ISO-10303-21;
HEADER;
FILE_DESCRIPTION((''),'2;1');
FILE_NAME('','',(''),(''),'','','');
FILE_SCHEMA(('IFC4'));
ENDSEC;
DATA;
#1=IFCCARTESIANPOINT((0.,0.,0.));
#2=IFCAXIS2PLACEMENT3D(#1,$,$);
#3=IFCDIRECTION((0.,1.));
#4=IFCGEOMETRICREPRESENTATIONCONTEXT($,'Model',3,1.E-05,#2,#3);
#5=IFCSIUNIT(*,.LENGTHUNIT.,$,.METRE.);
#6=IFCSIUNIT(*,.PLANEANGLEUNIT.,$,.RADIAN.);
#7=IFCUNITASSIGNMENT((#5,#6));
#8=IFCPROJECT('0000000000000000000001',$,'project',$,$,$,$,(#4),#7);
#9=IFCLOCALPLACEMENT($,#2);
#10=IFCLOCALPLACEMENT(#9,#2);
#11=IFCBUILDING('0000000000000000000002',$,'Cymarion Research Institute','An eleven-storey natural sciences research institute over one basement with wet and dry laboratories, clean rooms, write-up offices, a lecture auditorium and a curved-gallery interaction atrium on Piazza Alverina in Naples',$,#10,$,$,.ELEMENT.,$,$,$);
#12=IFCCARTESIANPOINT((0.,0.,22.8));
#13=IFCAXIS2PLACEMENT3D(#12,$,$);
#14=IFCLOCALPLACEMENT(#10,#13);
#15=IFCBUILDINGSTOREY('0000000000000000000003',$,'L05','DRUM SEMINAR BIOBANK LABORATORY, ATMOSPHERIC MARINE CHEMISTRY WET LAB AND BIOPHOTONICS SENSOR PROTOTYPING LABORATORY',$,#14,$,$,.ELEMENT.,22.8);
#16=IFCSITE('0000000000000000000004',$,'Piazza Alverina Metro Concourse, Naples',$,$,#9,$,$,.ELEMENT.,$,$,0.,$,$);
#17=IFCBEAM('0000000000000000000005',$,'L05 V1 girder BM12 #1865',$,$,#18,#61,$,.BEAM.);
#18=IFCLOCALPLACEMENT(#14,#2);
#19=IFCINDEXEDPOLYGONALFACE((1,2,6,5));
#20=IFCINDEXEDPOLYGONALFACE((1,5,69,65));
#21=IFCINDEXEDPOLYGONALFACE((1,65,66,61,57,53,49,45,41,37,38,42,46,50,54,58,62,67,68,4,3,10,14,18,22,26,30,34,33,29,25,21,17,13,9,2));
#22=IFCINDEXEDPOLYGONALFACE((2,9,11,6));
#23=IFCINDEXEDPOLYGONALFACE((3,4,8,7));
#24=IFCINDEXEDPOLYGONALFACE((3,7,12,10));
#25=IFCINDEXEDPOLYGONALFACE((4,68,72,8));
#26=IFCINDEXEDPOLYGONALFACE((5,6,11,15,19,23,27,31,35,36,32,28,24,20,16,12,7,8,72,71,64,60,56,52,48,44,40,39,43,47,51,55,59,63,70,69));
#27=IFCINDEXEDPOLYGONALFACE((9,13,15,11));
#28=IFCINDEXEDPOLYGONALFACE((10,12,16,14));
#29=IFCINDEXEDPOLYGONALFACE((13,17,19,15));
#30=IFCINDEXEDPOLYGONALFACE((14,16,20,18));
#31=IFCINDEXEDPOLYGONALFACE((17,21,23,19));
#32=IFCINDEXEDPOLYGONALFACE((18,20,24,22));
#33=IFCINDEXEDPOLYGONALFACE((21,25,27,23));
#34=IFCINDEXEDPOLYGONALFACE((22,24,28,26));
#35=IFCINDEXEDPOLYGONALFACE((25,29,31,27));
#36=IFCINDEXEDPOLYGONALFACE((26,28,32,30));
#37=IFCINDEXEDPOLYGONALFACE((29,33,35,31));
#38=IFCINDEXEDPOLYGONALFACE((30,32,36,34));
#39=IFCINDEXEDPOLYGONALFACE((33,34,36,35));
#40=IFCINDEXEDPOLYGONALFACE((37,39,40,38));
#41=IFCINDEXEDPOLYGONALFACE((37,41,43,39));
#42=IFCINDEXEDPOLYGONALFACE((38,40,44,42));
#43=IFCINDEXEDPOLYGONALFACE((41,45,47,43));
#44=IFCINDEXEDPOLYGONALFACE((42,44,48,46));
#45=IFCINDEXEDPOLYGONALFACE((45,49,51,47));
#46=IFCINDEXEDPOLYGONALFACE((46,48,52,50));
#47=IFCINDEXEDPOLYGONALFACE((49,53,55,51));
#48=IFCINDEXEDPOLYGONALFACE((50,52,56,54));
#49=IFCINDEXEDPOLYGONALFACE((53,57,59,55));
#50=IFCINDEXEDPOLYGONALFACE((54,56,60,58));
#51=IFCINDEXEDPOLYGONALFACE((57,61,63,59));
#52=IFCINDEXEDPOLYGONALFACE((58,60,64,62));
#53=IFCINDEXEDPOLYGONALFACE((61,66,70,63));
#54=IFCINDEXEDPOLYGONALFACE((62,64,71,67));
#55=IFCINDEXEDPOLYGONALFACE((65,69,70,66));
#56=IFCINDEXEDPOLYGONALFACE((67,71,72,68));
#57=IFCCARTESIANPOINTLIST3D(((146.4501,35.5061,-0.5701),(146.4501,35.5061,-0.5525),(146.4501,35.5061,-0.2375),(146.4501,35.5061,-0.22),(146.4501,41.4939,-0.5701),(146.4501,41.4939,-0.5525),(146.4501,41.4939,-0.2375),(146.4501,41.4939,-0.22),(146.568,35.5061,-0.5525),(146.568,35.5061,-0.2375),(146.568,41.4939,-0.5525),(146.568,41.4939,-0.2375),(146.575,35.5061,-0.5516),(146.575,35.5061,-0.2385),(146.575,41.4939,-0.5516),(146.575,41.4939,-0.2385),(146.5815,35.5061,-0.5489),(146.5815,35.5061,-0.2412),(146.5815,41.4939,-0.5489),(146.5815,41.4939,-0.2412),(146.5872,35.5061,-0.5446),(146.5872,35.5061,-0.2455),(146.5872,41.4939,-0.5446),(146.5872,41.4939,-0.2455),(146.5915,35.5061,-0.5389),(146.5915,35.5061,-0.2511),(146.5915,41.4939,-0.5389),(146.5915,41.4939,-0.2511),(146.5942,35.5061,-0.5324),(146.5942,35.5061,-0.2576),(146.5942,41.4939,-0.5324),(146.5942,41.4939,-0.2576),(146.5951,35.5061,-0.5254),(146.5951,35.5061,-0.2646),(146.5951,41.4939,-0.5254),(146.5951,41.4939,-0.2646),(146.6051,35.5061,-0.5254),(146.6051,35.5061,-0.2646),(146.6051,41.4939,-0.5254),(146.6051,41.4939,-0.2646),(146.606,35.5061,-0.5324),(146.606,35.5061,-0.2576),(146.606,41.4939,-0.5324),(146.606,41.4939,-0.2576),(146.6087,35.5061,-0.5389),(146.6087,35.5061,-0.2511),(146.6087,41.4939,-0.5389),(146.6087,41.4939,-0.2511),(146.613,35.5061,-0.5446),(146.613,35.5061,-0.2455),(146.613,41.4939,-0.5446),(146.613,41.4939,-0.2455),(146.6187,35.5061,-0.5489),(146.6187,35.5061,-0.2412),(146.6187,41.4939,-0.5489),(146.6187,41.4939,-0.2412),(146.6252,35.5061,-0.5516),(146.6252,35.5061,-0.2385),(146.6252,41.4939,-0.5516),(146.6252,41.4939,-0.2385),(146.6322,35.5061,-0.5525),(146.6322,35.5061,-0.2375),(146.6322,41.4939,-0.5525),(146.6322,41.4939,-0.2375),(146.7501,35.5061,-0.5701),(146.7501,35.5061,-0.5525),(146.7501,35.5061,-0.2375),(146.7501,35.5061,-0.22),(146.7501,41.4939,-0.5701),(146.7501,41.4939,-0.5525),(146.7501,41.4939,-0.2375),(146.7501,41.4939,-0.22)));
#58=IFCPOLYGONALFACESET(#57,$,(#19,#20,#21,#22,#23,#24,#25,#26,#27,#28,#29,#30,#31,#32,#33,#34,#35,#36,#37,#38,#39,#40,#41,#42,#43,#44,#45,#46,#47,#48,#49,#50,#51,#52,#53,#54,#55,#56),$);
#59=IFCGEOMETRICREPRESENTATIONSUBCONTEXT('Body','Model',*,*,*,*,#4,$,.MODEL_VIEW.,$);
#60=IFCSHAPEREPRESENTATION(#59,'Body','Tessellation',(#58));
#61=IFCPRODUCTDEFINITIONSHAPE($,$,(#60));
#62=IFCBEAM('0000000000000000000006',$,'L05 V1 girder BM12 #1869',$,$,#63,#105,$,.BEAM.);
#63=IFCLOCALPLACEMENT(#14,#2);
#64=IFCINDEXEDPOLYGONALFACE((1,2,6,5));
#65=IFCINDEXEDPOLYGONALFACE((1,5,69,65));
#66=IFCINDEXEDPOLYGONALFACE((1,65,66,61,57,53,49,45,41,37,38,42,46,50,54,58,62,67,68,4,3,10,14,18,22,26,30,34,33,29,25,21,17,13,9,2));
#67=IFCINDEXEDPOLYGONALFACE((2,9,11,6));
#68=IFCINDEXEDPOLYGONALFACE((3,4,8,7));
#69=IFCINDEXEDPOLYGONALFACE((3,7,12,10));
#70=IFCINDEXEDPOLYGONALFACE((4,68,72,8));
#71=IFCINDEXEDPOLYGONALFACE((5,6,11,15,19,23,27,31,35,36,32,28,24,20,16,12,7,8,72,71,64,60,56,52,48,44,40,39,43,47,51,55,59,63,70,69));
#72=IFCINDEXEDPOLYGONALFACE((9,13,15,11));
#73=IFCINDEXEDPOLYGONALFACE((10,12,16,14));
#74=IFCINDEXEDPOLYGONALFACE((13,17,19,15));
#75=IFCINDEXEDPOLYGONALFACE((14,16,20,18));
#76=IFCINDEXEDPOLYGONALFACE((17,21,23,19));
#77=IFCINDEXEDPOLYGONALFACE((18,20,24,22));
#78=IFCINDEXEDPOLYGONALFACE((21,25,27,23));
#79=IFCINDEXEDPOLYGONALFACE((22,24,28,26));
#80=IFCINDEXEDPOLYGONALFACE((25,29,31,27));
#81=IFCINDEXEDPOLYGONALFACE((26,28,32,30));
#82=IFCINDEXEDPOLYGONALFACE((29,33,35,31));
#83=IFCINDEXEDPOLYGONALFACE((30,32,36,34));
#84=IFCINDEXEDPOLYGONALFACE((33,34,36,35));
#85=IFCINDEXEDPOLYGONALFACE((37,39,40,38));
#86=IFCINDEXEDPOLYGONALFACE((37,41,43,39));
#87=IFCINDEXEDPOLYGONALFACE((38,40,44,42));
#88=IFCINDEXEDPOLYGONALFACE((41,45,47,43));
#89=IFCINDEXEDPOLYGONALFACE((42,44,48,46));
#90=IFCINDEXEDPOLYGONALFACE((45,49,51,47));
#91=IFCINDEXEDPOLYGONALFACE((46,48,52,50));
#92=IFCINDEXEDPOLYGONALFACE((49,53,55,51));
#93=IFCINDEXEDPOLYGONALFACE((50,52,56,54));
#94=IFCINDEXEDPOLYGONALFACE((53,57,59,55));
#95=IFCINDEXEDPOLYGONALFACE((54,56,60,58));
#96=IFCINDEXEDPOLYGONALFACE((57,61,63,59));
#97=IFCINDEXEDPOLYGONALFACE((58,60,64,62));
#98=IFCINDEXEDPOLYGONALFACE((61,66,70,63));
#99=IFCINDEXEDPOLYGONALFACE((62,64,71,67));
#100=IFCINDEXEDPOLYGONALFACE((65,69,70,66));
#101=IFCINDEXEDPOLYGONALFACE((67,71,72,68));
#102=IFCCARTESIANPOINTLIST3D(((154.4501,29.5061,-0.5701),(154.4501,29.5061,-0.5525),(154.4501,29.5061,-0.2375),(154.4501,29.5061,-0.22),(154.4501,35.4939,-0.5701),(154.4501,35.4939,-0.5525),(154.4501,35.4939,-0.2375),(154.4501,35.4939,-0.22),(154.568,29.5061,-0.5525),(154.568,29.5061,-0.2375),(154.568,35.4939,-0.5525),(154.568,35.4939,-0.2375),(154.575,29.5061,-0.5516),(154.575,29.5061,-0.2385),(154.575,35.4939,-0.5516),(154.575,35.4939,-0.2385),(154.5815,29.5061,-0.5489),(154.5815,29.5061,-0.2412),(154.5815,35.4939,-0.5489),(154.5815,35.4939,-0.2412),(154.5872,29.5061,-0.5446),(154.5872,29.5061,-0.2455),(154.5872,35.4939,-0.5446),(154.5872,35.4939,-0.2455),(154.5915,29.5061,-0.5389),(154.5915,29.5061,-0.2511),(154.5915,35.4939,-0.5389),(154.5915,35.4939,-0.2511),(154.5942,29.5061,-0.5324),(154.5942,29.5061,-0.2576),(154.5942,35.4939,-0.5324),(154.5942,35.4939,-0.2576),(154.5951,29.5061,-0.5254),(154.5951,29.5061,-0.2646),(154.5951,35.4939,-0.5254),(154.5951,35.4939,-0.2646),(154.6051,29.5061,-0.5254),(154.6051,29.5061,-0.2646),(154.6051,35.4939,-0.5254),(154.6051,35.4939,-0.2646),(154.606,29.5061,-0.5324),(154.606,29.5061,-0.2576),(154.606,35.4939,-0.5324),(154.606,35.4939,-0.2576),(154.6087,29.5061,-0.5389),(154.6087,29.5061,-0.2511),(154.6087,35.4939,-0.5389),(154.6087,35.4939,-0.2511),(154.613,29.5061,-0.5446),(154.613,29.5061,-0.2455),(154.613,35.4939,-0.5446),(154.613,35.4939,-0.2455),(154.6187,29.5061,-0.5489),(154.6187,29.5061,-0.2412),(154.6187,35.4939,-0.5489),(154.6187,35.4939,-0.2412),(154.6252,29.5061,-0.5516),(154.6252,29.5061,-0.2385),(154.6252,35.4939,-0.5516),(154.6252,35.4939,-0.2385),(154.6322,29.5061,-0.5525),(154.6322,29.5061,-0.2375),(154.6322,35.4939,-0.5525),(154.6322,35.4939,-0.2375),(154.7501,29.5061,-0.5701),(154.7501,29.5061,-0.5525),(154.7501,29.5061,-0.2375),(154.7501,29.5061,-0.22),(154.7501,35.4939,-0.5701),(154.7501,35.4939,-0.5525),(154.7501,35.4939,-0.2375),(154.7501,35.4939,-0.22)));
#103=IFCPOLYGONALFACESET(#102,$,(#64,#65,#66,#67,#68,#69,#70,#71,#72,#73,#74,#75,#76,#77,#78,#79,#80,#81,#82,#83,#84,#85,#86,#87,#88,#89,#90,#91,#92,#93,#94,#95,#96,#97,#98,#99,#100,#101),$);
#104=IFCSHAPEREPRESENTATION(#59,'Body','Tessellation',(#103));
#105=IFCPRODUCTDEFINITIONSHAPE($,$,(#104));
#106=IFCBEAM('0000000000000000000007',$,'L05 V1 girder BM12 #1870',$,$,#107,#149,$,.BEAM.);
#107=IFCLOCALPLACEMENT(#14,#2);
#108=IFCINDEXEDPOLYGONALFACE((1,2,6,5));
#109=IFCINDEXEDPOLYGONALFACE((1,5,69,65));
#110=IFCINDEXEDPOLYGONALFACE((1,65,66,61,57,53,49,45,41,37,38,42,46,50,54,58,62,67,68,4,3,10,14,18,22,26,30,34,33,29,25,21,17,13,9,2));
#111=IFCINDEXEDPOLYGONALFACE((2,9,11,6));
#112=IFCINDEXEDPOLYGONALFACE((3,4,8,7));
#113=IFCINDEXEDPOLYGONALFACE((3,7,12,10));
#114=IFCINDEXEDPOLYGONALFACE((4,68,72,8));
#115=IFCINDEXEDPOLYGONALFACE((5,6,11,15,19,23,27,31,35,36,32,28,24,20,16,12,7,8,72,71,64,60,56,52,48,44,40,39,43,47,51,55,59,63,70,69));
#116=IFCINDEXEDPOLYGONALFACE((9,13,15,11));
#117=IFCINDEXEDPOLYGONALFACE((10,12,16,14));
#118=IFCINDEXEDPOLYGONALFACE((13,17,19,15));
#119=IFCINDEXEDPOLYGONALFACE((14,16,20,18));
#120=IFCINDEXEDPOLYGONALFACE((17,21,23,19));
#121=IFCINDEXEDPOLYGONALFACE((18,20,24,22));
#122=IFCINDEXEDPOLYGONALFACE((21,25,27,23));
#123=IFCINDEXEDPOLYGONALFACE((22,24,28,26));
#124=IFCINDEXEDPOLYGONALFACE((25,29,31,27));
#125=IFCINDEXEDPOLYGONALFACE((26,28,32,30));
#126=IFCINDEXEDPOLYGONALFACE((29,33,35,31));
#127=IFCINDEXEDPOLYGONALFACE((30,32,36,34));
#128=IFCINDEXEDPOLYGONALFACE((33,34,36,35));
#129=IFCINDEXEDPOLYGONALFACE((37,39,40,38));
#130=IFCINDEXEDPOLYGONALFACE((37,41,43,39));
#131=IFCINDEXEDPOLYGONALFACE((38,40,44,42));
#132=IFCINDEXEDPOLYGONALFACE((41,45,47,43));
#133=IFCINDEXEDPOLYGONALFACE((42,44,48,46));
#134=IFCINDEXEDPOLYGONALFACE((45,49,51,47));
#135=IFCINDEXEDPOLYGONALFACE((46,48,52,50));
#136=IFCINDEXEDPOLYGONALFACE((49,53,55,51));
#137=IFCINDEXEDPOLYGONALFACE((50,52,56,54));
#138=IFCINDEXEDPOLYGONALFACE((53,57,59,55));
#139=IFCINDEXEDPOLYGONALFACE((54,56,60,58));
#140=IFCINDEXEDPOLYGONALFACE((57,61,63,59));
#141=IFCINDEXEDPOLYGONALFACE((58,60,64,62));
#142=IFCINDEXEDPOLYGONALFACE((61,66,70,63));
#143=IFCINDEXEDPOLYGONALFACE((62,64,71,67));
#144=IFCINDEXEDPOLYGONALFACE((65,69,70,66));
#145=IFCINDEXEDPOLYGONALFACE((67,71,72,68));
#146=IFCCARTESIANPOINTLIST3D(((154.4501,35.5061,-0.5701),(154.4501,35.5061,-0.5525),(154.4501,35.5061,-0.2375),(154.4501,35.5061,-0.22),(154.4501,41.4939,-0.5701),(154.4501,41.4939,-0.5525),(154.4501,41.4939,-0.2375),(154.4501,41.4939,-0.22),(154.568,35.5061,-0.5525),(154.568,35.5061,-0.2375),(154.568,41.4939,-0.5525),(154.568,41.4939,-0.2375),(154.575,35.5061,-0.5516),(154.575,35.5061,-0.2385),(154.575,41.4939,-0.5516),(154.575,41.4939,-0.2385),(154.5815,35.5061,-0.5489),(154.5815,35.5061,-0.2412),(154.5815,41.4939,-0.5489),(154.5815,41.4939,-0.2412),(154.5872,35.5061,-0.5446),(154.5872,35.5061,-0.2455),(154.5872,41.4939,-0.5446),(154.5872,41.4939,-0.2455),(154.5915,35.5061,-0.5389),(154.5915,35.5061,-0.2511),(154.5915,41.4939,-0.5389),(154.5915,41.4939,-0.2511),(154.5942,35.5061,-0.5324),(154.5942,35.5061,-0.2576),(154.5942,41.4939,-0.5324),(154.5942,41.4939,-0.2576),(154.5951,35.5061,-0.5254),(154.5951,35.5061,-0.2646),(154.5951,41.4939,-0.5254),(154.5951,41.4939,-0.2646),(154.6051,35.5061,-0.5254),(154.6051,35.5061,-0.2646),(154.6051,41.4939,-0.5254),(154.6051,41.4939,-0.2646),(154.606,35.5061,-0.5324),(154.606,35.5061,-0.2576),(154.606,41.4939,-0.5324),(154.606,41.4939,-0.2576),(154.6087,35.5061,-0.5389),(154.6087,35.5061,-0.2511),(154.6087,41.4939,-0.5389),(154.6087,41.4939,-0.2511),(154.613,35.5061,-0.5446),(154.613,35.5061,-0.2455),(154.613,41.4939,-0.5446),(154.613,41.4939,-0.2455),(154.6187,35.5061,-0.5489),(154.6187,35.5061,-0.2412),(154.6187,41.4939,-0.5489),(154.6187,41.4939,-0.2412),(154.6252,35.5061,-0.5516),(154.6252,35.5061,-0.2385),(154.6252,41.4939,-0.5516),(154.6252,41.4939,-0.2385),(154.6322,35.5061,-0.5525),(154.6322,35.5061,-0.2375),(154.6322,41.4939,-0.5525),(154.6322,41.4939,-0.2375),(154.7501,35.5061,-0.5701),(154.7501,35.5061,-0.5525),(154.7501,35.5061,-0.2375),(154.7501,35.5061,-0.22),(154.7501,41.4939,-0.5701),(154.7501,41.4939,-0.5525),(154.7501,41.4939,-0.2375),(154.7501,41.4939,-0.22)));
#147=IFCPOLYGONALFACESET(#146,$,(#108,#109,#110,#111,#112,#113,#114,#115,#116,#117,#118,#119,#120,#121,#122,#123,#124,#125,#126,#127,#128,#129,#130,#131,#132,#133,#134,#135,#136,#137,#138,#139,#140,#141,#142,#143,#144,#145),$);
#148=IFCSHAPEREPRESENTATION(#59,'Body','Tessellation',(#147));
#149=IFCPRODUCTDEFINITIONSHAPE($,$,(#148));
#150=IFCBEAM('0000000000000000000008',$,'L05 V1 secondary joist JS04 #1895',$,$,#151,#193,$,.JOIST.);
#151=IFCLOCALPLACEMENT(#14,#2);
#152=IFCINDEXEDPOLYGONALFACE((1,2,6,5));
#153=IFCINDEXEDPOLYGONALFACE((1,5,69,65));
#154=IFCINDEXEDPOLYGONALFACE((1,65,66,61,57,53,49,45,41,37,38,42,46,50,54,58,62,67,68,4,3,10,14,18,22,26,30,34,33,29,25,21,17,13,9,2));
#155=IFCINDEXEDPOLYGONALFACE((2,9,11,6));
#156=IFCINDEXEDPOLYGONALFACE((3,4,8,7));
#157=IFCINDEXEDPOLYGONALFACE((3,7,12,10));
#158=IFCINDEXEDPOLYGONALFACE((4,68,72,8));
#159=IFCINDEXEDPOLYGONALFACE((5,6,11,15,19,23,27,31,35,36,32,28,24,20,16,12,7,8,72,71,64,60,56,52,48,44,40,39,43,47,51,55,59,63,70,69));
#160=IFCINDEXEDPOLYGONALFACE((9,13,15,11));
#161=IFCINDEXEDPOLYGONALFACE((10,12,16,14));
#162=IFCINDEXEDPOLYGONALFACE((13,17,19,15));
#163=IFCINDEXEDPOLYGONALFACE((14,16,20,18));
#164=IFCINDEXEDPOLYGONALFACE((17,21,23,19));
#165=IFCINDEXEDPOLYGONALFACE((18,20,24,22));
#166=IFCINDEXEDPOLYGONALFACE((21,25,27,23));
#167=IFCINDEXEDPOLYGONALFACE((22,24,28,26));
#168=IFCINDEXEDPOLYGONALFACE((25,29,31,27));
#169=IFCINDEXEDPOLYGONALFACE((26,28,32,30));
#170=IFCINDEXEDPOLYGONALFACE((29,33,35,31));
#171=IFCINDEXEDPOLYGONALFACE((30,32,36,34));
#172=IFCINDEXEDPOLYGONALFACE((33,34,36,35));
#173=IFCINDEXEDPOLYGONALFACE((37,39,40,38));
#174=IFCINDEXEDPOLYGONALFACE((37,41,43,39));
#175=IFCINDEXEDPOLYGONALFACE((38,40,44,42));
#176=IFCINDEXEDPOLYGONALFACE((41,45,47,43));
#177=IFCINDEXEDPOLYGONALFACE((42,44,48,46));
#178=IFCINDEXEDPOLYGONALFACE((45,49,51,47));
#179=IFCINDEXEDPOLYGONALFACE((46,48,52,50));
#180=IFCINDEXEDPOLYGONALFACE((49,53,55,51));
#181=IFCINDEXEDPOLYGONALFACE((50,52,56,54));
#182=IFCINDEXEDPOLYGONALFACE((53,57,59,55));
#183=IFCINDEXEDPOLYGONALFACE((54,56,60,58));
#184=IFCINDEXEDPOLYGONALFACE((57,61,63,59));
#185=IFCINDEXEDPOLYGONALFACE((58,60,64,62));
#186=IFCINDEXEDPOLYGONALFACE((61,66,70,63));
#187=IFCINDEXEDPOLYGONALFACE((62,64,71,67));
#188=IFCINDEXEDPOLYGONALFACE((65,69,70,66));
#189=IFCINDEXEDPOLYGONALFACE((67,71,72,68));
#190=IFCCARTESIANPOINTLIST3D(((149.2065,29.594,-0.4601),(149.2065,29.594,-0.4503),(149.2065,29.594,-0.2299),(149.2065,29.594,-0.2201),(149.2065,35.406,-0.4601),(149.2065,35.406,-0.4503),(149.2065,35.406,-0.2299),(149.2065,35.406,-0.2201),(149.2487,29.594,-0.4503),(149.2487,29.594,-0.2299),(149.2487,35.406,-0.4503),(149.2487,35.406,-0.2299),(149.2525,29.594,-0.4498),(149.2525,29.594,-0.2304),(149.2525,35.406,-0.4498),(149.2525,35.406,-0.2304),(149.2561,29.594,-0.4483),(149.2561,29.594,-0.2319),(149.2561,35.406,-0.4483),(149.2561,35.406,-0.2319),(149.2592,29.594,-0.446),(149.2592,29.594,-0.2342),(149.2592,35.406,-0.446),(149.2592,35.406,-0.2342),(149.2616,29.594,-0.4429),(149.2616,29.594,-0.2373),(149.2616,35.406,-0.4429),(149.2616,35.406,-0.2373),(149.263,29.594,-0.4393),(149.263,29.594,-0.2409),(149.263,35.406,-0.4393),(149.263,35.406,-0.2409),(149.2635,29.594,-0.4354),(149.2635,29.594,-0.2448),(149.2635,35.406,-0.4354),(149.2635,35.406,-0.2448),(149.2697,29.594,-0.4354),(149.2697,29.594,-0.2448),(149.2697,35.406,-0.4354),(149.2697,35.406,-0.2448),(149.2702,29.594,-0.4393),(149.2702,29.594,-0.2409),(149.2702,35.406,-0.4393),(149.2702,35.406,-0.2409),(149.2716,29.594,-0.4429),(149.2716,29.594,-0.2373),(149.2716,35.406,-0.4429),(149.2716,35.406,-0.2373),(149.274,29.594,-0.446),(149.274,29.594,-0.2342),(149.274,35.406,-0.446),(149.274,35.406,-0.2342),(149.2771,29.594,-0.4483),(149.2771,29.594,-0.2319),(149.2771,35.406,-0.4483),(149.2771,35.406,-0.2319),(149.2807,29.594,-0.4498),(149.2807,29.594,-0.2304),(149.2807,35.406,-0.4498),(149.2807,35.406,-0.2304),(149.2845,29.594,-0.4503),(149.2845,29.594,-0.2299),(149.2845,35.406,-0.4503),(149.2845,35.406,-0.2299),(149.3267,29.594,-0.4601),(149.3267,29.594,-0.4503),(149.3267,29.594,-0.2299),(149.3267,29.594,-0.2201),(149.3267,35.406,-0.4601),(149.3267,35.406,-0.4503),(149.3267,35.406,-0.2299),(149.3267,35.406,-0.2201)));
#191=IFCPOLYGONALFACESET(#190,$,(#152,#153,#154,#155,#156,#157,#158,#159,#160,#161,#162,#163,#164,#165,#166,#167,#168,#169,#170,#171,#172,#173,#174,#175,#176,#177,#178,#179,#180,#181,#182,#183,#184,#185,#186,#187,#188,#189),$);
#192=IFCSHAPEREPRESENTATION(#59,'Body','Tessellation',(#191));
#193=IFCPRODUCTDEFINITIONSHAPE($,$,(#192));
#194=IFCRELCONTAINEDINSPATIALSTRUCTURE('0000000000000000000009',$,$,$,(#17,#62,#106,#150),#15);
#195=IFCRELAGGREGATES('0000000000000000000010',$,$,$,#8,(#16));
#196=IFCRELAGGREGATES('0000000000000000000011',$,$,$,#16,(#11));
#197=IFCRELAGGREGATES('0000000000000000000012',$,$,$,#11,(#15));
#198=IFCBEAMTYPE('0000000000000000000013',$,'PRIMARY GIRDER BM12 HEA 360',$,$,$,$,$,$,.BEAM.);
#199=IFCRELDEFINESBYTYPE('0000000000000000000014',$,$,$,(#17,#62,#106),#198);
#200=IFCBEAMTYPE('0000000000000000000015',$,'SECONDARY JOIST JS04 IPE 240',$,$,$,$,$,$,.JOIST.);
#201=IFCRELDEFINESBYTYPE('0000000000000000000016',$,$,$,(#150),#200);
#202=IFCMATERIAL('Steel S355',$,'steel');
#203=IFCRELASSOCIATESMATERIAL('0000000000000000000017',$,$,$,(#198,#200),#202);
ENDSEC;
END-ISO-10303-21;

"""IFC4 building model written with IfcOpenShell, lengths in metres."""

from ifc_helpers import new_model, si_unit, direction, frame, origin, origin_2d, place, context, subcontext, project, spatial, i_section, extrude, material, material_profile, profile_set, type_object, element, save


model = new_model("IFC4")

# Units and contexts
model_context = context("Model", 3, precision=1e-05, world=origin(), true_north=direction((0.0, 1.0)))
body_context = subcontext(model_context, "Body", "Model", "MODEL_VIEW")
ifc_project = project(units=[si_unit("LENGTHUNIT", "METRE"), si_unit("PLANEANGLEUNIT", "RADIAN")], contexts=[model_context])

# Site, building, storey
site_placement = place(None, origin())
site = spatial("IfcSite", under=ifc_project, at=site_placement, Name="Piazza Alverina Metro Concourse, Naples", CompositionType="ELEMENT", RefElevation=0.0)
building_placement = place(site_placement, origin())
building = spatial("IfcBuilding", under=site, at=building_placement, Name="Cymarion Research Institute", Description="An eleven-storey natural sciences research institute over one basement with wet and dry laboratories, clean rooms, write-up offices, a lecture auditorium and a curved-gallery interaction atrium on Piazza Alverina in Naples", CompositionType="ELEMENT")
storey_placement = place(building_placement, frame((0.0, 0.0, 22.8)))
storey = spatial("IfcBuildingStorey", under=building, at=storey_placement, Name="L05", Description="DRUM SEMINAR BIOBANK LABORATORY, ATMOSPHERIC MARINE CHEMISTRY WET LAB AND BIOPHOTONICS SENSOR PROTOTYPING LABORATORY", CompositionType="ELEMENT", Elevation=22.8)

# Shared definitions
ifc_material_1 = material(Name="Steel S355", Category="steel")

# Beams
ifc_material_profile_1 = material_profile(ifc_material_1, i_section(OverallWidth=0.3, OverallDepth=0.3501, WebThickness=0.01, FlangeThickness=0.0176, FilletRadius=0.0271, at=origin_2d()), Name="HEA 360")
ifc_profile_set_1 = profile_set([ifc_material_profile_1], Name="Steel S355")
beam_type_1 = type_object("IfcBeamType", Name="PRIMARY GIRDER BM12 HEA 360", PredefinedType="BEAM", material=ifc_profile_set_1)
for number, where, z_axis, x_axis, name in (
    (1, (146.6001, 35.5061, -0.395), (0.0, 1.0, 0.0), (-1.0, 0.0, 0.0), "L05 V1 girder BM12 #1865"),
    (2, (154.6001, 29.5061, -0.395), (0.0, 1.0, 0.0), (-1.0, 0.0, 0.0), "L05 V1 girder BM12 #1869"),
    (3, (154.6001, 35.5061, -0.395), (0.0, 1.0, 0.0), (-1.0, 0.0, 0.0), "L05 V1 girder BM12 #1870"),
):
    element("IfcBeam", number, at=place(storey_placement, frame(where, z_axis=z_axis, x_axis=x_axis)), inside=storey, type_object=beam_type_1, Name=name, PredefinedType="BEAM", context=body_context, shape_type="SweptSolid", body=[
        extrude(i_section(OverallWidth=0.3, OverallDepth=0.3501, WebThickness=0.01, FlangeThickness=0.0176, FilletRadius=0.0271, at=origin_2d()), origin(), (0.0, 0.0, 1.0), 5.9878),
    ])
ifc_material_profile_2 = material_profile(ifc_material_1, i_section(OverallWidth=0.1201, OverallDepth=0.24, WebThickness=0.0061, FlangeThickness=0.0098, FilletRadius=0.0149, at=origin_2d()), Name="IPE 240")
ifc_profile_set_2 = profile_set([ifc_material_profile_2], Name="Steel S355")
beam_type_2 = type_object("IfcBeamType", Name="SECONDARY JOIST JS04 IPE 240", PredefinedType="JOIST", material=ifc_profile_set_2)
for number, where, z_axis, x_axis, name in (
    (4, (149.2666, 29.594, -0.3401), (0.0, 1.0, 0.0), (-1.0, 0.0, 0.0), "L05 V1 secondary joist JS04 #1895"),
):
    element("IfcBeam", number, at=place(storey_placement, frame(where, z_axis=z_axis, x_axis=x_axis)), inside=storey, type_object=beam_type_2, Name=name, PredefinedType="JOIST", context=body_context, shape_type="SweptSolid", body=[
        extrude(i_section(OverallWidth=0.1201, OverallDepth=0.24, WebThickness=0.0061, FlangeThickness=0.0098, FilletRadius=0.0149, at=origin_2d()), origin(), (0.0, 0.0, 1.0), 5.812),
    ])

save(model, "model.ifc")
